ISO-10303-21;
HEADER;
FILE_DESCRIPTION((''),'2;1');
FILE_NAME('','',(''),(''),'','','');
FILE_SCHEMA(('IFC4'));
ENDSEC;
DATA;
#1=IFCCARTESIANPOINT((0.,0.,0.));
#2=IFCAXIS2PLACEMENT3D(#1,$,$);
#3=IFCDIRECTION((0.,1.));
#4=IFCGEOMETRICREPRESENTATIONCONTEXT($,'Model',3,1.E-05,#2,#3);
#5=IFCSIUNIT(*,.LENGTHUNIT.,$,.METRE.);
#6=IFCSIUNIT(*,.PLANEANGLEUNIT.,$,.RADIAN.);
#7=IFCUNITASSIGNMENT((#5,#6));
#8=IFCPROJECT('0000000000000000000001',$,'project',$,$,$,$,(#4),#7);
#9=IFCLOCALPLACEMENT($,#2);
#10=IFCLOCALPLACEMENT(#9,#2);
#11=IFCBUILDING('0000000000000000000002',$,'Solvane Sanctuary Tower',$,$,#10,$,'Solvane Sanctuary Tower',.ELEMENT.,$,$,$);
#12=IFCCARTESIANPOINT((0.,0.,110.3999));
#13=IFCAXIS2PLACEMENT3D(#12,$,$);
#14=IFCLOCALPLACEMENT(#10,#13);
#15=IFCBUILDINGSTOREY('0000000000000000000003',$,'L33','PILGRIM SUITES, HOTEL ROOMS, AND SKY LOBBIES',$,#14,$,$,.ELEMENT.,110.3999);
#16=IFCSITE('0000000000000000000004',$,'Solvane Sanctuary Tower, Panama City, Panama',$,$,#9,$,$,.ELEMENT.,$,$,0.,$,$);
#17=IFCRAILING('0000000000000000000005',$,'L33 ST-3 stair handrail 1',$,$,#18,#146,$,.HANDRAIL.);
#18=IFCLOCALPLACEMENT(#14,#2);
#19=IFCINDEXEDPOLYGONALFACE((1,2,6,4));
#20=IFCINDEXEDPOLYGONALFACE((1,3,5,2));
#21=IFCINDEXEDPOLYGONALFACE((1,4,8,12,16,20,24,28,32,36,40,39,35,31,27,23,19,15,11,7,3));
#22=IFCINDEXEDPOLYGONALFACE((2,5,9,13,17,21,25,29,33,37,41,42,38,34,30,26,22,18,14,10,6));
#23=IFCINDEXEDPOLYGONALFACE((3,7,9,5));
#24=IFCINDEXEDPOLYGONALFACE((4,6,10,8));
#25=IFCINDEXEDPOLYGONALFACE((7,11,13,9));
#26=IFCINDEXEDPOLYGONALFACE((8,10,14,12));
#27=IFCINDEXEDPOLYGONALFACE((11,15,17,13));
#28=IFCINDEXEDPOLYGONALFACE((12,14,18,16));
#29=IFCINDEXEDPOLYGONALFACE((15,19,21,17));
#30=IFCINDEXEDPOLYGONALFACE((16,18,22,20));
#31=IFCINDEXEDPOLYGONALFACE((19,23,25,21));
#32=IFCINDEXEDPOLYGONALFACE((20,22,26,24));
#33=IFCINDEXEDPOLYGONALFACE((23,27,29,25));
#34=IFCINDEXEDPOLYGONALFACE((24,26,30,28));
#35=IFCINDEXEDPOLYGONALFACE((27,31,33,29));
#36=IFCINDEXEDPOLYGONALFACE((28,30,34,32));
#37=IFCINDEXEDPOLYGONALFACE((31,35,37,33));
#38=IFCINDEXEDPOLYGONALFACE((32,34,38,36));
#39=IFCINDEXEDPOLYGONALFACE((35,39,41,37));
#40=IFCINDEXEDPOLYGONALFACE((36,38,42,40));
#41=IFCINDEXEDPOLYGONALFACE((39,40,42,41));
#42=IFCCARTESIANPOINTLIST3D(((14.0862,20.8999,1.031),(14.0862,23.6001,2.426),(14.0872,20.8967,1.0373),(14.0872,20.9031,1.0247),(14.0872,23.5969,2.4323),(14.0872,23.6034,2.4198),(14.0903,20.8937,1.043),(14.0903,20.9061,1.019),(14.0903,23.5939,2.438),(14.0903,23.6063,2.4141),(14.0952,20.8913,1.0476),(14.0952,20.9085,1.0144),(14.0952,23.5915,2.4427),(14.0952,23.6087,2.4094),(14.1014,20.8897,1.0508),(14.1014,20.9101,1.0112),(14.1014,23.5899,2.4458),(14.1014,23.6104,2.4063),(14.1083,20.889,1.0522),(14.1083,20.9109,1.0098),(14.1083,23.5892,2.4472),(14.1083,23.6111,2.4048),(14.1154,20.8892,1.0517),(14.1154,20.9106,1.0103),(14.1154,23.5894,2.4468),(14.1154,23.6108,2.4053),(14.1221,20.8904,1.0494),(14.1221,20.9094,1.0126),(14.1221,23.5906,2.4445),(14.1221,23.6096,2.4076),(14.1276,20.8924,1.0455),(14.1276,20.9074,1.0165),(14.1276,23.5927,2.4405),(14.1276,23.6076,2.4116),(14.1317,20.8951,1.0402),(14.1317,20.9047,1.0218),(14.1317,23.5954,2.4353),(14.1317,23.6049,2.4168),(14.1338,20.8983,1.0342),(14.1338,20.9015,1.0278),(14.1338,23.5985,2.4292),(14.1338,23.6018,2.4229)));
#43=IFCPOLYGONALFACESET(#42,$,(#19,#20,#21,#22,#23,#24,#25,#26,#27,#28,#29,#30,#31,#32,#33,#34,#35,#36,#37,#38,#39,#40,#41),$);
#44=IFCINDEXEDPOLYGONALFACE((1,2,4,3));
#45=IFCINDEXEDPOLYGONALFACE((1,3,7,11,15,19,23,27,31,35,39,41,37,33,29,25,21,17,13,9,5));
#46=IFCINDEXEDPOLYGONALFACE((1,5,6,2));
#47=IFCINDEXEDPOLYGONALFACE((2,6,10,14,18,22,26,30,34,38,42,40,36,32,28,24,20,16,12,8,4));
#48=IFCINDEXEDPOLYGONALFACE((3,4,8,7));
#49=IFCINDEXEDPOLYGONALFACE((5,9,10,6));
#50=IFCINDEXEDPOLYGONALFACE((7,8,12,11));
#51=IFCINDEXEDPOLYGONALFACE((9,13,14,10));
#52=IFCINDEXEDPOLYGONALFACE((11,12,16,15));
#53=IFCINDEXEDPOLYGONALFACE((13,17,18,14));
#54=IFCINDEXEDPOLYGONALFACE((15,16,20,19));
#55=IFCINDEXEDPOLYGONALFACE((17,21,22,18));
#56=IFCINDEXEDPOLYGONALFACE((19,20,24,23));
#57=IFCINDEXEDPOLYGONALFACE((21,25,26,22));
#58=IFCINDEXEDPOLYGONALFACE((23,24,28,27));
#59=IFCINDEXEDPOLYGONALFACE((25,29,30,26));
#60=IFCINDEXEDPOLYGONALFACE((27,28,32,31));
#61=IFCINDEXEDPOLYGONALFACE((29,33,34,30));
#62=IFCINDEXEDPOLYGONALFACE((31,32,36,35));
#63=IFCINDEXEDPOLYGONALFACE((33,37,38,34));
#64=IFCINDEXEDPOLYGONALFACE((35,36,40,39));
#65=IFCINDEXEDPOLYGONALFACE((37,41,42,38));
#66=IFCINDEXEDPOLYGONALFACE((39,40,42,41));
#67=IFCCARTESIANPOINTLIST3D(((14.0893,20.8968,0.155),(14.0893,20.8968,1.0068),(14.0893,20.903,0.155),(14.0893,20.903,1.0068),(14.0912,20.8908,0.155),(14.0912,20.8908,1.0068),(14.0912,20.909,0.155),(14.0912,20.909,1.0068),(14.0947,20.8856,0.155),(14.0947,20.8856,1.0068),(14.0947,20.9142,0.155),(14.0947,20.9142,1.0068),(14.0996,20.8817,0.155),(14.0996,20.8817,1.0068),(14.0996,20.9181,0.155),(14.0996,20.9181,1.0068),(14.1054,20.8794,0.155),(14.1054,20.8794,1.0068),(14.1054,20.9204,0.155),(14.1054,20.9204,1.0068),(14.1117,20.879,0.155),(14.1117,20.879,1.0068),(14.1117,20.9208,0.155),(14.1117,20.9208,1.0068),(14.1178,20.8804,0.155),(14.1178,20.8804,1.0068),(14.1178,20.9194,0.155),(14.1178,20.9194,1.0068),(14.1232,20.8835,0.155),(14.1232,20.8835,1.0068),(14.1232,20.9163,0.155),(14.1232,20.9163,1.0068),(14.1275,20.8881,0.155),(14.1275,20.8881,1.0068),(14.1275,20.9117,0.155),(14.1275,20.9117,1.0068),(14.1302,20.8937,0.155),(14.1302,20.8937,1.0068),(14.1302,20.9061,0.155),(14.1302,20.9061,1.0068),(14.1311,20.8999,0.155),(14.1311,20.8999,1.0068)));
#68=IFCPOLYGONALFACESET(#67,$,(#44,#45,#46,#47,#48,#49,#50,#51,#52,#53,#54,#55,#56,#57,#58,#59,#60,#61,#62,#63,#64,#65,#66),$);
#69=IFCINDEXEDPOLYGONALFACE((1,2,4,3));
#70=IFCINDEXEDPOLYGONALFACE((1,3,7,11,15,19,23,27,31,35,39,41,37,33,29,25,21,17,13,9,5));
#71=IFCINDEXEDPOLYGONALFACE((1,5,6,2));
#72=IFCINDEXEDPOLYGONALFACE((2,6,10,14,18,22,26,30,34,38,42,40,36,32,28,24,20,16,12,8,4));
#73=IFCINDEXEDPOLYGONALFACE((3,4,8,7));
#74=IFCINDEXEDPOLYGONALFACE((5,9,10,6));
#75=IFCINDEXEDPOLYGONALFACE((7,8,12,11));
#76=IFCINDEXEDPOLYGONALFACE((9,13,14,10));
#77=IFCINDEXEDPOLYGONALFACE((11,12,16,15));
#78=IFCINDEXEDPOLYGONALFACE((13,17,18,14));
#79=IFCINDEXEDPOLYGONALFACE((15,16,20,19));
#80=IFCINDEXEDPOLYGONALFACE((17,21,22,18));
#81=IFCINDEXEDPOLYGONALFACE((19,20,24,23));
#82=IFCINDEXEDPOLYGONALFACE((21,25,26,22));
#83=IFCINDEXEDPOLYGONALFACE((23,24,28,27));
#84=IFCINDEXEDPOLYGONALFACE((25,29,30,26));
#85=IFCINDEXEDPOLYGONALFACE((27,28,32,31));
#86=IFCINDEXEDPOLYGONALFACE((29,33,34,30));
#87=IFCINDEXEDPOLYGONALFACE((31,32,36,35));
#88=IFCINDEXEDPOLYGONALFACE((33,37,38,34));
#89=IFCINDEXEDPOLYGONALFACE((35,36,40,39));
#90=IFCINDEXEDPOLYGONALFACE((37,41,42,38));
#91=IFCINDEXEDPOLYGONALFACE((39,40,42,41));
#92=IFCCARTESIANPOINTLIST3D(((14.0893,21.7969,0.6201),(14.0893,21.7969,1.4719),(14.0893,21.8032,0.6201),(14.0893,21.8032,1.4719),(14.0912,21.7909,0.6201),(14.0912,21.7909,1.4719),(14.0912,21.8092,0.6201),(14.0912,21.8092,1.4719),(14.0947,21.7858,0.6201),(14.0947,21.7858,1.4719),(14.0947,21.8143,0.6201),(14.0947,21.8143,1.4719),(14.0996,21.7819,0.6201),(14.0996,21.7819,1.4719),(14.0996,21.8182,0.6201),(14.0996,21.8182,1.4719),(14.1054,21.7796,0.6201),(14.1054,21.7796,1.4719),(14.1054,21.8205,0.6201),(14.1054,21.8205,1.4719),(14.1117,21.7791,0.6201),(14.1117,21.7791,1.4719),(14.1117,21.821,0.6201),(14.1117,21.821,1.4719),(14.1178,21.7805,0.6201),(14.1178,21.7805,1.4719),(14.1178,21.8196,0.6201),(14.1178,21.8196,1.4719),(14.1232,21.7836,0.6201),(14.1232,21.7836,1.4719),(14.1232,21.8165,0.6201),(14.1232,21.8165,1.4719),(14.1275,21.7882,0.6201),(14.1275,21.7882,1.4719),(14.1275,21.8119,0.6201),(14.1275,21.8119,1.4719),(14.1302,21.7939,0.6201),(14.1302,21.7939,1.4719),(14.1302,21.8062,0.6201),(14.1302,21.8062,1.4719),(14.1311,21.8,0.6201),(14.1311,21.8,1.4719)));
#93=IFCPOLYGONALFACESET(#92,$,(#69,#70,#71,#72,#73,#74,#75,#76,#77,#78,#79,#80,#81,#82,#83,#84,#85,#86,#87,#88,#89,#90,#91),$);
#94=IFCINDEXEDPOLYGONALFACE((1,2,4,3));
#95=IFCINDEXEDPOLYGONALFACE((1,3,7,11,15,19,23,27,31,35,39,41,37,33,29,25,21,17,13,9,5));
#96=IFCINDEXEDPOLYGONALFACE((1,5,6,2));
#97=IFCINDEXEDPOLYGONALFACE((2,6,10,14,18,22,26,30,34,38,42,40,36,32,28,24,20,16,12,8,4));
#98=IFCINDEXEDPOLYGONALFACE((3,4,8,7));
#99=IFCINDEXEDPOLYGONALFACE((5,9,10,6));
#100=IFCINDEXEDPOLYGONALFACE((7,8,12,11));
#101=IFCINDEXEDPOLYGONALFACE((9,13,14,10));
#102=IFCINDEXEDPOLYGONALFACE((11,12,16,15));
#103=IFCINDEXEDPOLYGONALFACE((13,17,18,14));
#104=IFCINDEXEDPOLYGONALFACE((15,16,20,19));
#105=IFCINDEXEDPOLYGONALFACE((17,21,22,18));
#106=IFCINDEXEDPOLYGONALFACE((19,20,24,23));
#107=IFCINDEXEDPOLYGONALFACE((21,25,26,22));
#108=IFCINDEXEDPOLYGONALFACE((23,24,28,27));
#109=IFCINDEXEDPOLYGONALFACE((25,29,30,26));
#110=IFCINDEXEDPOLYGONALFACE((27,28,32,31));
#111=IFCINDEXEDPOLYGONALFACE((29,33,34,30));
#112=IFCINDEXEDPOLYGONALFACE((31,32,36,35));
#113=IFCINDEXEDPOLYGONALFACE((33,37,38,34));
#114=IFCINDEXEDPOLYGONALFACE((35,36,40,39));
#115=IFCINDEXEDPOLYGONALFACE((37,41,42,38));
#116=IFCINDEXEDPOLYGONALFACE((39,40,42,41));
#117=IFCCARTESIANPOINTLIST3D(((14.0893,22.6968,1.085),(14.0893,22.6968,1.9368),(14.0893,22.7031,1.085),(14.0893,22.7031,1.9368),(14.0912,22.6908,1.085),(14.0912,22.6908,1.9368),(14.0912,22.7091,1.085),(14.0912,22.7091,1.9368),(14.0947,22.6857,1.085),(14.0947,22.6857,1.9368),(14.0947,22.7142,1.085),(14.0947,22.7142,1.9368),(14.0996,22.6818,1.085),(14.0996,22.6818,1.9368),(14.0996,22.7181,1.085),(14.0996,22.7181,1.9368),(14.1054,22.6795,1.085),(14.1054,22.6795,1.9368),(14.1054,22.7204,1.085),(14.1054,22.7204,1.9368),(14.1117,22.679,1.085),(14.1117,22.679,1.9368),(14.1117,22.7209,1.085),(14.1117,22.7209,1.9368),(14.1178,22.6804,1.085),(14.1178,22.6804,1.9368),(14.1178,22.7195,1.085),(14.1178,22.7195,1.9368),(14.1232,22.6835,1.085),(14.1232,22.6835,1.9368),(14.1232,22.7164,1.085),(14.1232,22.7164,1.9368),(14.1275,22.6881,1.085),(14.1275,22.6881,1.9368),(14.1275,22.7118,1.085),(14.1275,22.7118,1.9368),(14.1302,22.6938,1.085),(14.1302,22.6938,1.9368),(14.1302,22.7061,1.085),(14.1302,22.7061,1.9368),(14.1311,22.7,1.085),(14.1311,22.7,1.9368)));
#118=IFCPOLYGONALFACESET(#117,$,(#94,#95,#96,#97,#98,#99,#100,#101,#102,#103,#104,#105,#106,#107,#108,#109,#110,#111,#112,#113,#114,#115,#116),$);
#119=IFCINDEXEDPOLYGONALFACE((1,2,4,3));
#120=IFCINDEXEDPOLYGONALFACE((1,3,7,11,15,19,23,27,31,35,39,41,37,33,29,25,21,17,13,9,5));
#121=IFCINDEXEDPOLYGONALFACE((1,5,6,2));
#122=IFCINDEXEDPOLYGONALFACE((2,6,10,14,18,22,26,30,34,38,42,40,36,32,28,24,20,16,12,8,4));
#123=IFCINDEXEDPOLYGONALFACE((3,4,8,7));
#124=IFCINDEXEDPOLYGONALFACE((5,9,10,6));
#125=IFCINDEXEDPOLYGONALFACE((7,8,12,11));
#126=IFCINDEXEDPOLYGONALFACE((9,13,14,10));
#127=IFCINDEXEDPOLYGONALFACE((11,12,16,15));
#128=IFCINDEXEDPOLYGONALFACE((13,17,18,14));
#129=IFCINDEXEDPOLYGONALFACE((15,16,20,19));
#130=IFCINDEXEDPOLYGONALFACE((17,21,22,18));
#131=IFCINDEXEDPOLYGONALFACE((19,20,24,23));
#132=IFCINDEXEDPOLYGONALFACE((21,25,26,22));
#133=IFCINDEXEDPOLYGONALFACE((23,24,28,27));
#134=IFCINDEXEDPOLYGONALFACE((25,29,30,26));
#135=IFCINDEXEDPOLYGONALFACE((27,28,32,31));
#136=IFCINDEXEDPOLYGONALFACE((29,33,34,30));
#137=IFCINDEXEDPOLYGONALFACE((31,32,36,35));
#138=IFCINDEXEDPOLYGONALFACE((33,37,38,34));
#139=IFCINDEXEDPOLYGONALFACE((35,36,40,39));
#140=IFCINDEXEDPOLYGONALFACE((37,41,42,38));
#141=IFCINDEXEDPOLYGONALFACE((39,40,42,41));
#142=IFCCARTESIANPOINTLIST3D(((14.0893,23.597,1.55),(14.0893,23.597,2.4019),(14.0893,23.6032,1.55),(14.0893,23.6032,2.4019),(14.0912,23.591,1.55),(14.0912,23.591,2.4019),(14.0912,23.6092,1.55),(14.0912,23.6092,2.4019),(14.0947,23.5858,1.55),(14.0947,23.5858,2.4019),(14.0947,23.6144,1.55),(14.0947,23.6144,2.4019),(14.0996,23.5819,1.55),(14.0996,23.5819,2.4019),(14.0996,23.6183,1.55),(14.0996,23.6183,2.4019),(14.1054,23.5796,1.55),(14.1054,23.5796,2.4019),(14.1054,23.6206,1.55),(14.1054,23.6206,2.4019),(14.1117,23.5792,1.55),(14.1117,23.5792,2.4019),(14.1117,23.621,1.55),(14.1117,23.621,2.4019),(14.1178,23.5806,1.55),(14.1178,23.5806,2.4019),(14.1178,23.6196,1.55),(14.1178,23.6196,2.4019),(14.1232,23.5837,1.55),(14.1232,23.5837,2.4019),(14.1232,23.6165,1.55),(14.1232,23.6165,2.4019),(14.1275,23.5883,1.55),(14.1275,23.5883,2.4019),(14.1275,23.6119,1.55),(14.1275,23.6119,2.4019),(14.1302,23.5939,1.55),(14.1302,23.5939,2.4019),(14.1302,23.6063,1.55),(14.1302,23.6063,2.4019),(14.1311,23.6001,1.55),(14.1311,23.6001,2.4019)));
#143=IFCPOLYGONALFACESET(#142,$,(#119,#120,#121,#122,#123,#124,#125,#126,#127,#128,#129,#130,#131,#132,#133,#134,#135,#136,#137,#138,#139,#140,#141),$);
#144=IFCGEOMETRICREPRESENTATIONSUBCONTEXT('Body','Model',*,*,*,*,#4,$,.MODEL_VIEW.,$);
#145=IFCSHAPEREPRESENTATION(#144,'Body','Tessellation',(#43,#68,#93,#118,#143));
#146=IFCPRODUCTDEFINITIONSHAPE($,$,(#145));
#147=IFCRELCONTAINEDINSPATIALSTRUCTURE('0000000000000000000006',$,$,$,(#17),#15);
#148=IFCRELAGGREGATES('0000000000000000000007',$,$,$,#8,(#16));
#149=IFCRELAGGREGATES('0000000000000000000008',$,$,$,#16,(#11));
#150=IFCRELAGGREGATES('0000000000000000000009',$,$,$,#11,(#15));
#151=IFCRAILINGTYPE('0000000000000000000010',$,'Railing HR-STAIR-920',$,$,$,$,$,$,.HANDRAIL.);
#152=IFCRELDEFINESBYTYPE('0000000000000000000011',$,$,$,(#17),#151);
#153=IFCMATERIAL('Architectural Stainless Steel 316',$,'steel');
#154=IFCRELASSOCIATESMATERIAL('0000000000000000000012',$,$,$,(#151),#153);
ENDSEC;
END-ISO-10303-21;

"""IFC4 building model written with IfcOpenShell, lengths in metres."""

from ifc_helpers import new_model, si_unit, direction, frame, origin, origin_2d, place, context, subcontext, project, spatial, circle, extrude, material, type_object, element, save


model = new_model("IFC4")

# Units and contexts
model_context = context("Model", 3, precision=1e-05, world=origin(), true_north=direction((0.0, 1.0)))
body_context = subcontext(model_context, "Body", "Model", "MODEL_VIEW")
ifc_project = project(units=[si_unit("LENGTHUNIT", "METRE"), si_unit("PLANEANGLEUNIT", "RADIAN")], contexts=[model_context])

# Site, building, storey
site_placement = place(None, origin())
site = spatial("IfcSite", under=ifc_project, at=site_placement, Name="Solvane Sanctuary Tower, Panama City, Panama", CompositionType="ELEMENT", RefElevation=0.0)
building_placement = place(site_placement, origin())
building = spatial("IfcBuilding", under=site, at=building_placement, Name="Solvane Sanctuary Tower", LongName="Solvane Sanctuary Tower", CompositionType="ELEMENT")
storey_placement = place(building_placement, frame((0.0, 0.0, 110.3999)))
storey = spatial("IfcBuildingStorey", under=building, at=storey_placement, Name="L33", Description="PILGRIM SUITES, HOTEL ROOMS, AND SKY LOBBIES", CompositionType="ELEMENT", Elevation=110.3999)

# Shared definitions
ifc_material_1 = material(Name="Architectural Stainless Steel 316", Category="steel")

# Railing
railing_type_1 = type_object("IfcRailingType", Name="Railing HR-STAIR-920", PredefinedType="HANDRAIL", material=ifc_material_1)
railing_1_placement = place(storey_placement, frame((14.1101, 20.8999, 0.155)))
element("IfcRailing", 1, at=railing_1_placement, inside=storey, type_object=railing_type_1, Name="L33 ST-3 stair handrail 1", PredefinedType="HANDRAIL", context=body_context, shape_type="SweptSolid", body=[
    extrude(circle(Radius=0.0239, at=origin_2d()), frame((0.0, 0.0, 0.876), z_axis=(0.0, 0.888437, 0.458999), x_axis=(-1.0, 0.0, 0.0)), (0.0, 0.0, 1.0), 3.0393),
    extrude(circle(Radius=0.021, at=origin_2d()), origin(), (0.0, 0.0, 1.0), 0.8518),
    extrude(circle(Radius=0.021, at=origin_2d()), frame((0.0, 0.9001, 0.4651)), (0.0, 0.0, 1.0), 0.8518),
    extrude(circle(Radius=0.021, at=origin_2d()), frame((0.0, 1.8, 0.9299)), (0.0, 0.0, 1.0), 0.8518),
    extrude(circle(Radius=0.021, at=origin_2d()), frame((0.0, 2.7002, 1.395)), (0.0, 0.0, 1.0), 0.8518),
])

save(model, "model.ifc")
